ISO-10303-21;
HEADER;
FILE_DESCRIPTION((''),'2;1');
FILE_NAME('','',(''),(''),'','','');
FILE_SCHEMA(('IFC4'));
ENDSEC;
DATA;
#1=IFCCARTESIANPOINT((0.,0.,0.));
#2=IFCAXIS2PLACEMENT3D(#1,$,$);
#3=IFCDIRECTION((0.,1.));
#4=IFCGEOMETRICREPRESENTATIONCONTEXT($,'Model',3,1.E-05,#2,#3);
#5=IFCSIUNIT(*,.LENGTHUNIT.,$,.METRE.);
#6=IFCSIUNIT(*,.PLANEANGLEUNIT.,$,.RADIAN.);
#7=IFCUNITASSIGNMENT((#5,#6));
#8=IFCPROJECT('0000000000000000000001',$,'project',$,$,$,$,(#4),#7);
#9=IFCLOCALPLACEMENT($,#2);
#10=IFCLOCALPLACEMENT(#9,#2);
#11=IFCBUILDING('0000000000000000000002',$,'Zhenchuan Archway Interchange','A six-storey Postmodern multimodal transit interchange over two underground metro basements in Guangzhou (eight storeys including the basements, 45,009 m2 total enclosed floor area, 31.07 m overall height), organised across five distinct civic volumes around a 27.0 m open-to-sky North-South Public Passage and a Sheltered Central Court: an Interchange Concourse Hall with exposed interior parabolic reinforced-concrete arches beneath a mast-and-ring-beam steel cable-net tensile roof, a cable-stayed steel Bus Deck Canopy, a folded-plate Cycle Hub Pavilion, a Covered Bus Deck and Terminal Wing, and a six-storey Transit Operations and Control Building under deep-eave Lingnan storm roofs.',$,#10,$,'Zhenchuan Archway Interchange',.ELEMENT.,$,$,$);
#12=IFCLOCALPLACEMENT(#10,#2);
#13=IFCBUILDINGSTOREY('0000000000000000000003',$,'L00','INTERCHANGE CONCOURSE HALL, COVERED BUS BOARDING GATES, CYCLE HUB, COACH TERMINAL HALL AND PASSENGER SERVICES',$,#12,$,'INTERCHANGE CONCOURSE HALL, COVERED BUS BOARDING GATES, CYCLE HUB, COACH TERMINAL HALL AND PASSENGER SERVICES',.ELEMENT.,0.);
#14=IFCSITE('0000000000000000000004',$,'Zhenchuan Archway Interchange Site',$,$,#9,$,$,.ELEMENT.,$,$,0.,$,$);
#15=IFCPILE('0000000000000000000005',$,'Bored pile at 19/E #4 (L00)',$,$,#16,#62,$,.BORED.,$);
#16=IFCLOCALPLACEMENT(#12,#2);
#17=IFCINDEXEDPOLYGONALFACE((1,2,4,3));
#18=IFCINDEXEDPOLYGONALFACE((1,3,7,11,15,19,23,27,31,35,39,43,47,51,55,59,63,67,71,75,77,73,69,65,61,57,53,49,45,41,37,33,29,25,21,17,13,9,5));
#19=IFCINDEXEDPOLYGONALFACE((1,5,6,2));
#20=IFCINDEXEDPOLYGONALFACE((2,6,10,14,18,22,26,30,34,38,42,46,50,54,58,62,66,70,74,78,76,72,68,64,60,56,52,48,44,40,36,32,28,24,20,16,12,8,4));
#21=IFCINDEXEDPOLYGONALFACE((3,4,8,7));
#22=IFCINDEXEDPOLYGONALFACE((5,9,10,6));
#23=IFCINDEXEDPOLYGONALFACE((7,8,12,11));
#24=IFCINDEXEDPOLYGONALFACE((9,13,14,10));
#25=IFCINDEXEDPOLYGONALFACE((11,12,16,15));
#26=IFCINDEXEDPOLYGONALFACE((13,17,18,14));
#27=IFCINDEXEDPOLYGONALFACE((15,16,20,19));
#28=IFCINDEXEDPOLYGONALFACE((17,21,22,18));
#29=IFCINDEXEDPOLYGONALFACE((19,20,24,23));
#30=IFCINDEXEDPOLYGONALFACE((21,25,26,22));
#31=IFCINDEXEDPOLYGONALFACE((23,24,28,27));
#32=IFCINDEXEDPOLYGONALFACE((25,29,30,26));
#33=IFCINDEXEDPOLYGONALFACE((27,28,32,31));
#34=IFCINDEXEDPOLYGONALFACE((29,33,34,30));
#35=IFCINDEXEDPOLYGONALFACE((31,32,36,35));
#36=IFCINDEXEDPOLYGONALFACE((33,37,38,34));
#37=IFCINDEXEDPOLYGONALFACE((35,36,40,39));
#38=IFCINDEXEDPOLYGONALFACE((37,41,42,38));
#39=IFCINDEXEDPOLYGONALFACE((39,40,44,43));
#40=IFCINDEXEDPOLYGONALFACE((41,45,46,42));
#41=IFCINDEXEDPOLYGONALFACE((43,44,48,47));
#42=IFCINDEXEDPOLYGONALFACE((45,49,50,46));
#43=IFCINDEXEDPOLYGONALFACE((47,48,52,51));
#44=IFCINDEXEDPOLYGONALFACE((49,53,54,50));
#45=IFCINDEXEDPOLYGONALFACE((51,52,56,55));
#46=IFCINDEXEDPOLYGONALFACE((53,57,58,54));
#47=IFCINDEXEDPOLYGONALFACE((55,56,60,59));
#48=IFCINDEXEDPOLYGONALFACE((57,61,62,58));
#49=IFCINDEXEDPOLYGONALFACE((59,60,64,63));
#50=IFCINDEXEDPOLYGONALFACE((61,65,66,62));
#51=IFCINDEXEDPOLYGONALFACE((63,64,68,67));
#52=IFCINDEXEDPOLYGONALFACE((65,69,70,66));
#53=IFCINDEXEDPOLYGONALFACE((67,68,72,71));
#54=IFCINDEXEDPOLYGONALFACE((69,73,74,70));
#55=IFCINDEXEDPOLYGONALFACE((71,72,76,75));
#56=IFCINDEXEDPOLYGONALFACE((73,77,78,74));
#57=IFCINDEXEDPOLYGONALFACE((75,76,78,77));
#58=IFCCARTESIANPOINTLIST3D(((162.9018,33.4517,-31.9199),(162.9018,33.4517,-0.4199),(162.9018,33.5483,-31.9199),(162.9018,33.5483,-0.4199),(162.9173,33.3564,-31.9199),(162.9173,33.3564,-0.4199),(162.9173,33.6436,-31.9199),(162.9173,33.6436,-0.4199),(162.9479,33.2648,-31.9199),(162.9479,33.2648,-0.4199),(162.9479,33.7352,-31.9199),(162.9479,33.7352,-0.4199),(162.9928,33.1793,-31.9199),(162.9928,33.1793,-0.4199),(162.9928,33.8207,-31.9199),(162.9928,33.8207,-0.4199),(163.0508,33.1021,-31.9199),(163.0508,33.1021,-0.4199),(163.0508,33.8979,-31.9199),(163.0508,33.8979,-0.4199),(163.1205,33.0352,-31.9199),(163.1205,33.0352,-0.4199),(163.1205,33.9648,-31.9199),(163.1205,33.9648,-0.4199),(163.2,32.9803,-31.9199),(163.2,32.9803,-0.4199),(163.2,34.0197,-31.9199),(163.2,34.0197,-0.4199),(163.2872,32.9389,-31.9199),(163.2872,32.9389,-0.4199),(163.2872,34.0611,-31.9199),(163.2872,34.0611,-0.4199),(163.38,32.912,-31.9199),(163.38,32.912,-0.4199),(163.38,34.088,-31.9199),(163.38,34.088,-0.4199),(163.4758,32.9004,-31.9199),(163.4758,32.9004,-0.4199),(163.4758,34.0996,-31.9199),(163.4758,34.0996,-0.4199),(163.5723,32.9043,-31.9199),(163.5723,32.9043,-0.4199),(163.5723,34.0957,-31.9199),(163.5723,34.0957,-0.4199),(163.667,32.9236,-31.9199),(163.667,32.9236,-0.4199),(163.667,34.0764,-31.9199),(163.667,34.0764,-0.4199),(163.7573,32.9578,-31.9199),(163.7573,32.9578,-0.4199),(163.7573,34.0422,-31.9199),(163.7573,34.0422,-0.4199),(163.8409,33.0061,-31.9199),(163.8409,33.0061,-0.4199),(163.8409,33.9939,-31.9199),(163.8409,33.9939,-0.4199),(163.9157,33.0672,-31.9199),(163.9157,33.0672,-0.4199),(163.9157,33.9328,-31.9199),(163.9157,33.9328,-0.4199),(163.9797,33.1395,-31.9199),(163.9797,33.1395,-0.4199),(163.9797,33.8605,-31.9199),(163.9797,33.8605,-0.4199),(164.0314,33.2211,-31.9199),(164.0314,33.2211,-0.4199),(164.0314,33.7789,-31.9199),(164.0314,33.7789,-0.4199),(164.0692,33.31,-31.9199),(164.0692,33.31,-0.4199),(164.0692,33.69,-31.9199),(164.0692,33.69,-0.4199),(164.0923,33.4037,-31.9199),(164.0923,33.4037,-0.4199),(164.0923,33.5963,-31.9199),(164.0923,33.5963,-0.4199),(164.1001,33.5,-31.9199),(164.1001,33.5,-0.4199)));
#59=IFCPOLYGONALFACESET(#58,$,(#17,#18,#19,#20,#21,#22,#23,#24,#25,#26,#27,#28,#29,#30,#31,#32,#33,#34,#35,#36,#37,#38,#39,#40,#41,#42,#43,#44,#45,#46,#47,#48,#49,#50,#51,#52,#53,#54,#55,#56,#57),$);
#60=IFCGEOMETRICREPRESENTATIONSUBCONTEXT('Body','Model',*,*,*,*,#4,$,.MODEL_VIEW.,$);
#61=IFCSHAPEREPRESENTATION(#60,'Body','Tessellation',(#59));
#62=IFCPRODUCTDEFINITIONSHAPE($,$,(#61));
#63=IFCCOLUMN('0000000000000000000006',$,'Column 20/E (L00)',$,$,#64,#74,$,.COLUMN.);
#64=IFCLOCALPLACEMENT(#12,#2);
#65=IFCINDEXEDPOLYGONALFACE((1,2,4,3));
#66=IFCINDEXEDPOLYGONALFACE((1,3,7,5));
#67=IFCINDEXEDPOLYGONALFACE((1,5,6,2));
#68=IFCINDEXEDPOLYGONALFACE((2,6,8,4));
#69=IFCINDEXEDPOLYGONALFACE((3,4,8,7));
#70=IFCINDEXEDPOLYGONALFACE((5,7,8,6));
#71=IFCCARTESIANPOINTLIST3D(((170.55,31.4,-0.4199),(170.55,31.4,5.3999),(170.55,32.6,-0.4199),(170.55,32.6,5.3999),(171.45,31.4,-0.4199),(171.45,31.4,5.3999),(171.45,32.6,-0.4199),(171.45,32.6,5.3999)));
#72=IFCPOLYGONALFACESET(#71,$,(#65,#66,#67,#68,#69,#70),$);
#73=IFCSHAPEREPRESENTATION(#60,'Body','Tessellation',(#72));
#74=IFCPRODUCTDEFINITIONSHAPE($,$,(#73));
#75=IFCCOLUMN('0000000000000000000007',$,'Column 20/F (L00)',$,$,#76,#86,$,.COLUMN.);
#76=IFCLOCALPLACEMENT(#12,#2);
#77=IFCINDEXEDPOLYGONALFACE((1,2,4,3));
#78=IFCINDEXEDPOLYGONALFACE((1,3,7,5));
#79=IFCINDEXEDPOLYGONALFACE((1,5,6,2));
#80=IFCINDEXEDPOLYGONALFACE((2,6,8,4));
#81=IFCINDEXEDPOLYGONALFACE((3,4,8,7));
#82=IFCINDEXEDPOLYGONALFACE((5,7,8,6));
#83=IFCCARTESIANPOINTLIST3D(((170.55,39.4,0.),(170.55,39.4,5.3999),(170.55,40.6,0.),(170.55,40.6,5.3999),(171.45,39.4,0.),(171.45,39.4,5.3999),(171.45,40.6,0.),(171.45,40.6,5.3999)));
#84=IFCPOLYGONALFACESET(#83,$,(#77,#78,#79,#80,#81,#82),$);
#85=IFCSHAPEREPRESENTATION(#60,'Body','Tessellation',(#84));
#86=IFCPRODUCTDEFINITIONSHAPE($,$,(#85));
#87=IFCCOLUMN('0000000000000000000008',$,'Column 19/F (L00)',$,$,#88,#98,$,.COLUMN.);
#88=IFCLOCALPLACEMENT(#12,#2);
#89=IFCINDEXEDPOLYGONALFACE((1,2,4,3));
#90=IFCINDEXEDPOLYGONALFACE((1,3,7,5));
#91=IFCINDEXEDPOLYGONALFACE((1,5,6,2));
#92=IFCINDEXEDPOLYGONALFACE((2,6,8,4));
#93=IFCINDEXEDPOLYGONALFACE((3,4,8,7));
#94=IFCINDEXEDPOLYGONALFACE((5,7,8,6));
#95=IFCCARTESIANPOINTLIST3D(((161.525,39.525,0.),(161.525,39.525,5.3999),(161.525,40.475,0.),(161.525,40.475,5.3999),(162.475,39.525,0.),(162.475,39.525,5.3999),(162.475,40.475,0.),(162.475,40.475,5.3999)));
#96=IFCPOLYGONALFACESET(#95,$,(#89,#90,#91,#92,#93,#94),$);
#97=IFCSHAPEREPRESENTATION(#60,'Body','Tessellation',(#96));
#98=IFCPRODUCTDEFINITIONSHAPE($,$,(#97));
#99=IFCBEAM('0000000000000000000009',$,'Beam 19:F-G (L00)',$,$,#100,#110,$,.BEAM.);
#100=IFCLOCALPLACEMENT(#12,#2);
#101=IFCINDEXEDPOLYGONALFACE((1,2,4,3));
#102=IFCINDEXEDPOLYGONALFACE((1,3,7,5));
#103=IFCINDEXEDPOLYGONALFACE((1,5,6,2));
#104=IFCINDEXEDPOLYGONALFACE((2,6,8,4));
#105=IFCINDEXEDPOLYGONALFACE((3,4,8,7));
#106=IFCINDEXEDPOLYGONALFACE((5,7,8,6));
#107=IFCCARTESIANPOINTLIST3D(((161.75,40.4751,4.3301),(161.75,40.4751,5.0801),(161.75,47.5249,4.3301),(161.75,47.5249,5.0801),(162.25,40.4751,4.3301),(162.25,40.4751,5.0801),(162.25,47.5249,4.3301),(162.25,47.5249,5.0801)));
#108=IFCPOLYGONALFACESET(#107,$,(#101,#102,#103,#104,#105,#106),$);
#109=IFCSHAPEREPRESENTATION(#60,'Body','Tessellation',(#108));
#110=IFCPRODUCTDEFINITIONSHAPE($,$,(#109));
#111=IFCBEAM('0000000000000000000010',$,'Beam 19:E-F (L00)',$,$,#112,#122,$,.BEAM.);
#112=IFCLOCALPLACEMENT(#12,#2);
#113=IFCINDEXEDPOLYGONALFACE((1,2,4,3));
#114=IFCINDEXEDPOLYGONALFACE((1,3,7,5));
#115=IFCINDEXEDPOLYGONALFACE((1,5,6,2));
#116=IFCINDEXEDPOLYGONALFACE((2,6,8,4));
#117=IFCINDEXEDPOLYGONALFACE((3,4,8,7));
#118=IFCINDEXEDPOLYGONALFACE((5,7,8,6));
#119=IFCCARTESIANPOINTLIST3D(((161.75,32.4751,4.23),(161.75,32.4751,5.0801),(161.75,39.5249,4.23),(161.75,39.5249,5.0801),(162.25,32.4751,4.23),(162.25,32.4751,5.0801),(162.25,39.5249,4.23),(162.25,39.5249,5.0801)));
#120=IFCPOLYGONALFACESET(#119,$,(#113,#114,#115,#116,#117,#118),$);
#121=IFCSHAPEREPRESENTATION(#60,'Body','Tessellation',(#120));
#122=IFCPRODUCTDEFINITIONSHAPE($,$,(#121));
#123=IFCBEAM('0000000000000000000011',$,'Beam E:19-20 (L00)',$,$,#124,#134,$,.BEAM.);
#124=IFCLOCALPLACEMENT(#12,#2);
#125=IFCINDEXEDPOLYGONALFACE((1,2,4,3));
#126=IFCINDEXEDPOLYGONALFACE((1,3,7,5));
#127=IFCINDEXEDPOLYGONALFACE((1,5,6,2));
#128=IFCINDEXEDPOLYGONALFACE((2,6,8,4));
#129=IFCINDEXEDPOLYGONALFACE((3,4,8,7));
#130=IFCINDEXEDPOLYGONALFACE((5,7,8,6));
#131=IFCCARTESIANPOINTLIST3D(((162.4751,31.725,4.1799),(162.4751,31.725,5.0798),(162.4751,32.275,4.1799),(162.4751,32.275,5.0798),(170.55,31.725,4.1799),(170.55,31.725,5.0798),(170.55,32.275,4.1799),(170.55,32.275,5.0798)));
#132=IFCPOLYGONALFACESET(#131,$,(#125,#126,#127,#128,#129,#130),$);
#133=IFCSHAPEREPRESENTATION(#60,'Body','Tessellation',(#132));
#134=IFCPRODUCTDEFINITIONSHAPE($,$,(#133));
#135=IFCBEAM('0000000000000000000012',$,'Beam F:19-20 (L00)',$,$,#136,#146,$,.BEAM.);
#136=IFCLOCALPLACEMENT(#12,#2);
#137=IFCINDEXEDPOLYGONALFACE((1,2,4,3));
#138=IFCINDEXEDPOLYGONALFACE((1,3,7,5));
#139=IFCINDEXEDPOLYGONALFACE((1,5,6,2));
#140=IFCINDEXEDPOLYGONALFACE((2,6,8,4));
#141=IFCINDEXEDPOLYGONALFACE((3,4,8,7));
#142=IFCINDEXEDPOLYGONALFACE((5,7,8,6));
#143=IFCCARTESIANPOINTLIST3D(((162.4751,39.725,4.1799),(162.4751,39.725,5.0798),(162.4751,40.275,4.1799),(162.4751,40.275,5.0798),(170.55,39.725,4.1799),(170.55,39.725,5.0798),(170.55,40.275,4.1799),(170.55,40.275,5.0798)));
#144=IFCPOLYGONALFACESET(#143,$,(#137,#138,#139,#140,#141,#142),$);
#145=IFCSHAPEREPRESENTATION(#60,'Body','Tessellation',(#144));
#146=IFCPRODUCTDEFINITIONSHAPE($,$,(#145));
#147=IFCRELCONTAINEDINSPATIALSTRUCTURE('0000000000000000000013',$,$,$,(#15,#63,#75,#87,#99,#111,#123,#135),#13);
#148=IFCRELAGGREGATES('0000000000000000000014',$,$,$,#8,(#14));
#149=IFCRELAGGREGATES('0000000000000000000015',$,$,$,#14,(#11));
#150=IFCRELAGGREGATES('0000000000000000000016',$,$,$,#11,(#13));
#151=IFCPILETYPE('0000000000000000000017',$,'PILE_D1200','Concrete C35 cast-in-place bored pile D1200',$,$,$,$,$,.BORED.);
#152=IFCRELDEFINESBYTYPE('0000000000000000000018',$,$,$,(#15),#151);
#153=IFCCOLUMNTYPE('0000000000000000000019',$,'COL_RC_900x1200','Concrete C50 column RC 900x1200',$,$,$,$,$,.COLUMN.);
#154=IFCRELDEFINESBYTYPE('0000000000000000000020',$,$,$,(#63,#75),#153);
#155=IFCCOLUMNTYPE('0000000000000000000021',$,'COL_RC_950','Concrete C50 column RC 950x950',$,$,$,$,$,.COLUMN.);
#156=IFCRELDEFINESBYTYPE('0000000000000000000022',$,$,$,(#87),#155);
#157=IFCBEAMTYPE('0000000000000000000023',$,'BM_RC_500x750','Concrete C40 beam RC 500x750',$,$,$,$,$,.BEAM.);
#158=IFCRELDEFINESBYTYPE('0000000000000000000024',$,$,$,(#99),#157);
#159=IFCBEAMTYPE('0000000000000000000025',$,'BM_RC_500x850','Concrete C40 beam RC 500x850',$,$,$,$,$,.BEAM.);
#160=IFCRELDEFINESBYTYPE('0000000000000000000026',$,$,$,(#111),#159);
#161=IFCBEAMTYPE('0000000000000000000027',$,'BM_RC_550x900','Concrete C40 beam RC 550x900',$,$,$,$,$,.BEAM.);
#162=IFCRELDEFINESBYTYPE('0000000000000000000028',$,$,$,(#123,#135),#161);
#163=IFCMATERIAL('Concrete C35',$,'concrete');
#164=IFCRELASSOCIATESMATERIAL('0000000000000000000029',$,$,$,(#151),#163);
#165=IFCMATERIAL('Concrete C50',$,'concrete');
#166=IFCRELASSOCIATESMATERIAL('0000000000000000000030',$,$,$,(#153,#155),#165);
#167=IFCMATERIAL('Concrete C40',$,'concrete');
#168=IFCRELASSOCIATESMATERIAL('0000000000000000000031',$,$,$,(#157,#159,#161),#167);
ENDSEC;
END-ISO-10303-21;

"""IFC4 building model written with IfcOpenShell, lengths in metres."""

from ifc_helpers import new_model, si_unit, direction, frame, origin, origin_2d, place, context, subcontext, project, spatial, rectangle, circle, extrude, material, material_profile, profile_set, type_object, element, save


model = new_model("IFC4")

# Units and contexts
model_context = context("Model", 3, precision=1e-05, world=origin(), true_north=direction((0.0, 1.0)))
body_context = subcontext(model_context, "Body", "Model", "MODEL_VIEW")
ifc_project = project(units=[si_unit("LENGTHUNIT", "METRE"), si_unit("PLANEANGLEUNIT", "RADIAN")], contexts=[model_context])

# Site, building, storey
site_placement = place(None, origin())
site = spatial("IfcSite", under=ifc_project, at=site_placement, Name="Zhenchuan Archway Interchange Site", CompositionType="ELEMENT", RefElevation=0.0)
building_placement = place(site_placement, origin())
building = spatial("IfcBuilding", under=site, at=building_placement, Name="Zhenchuan Archway Interchange", Description="A six-storey Postmodern multimodal transit interchange over two underground metro basements in Guangzhou (eight storeys including the basements, 45,009 m2 total enclosed floor area, 31.07 m overall height), organised across five distinct civic volumes around a 27.0 m open-to-sky North-South Public Passage and a Sheltered Central Court: an Interchange Concourse Hall with exposed interior parabolic reinforced-concrete arches beneath a mast-and-ring-beam steel cable-net tensile roof, a cable-stayed steel Bus Deck Canopy, a folded-plate Cycle Hub Pavilion, a Covered Bus Deck and Terminal Wing, and a six-storey Transit Operations and Control Building under deep-eave Lingnan storm roofs.", LongName="Zhenchuan Archway Interchange", CompositionType="ELEMENT")
storey_placement = place(building_placement, origin())
storey = spatial("IfcBuildingStorey", under=building, at=storey_placement, Name="L00", Description="INTERCHANGE CONCOURSE HALL, COVERED BUS BOARDING GATES, CYCLE HUB, COACH TERMINAL HALL AND PASSENGER SERVICES", LongName="INTERCHANGE CONCOURSE HALL, COVERED BUS BOARDING GATES, CYCLE HUB, COACH TERMINAL HALL AND PASSENGER SERVICES", CompositionType="ELEMENT", Elevation=0.0)

# Shared definitions
ifc_material_1 = material(Name="Concrete C40", Category="concrete")

# Pile
ifc_material_2 = material(Name="Concrete C35", Category="concrete")
ifc_material_profile_1 = material_profile(ifc_material_2, circle(Radius=0.6001, at=origin_2d()), Name="BORED PILE 1200")
ifc_profile_set_1 = profile_set([ifc_material_profile_1], Name="Concrete C35")
pile_type_1 = type_object("IfcPileType", Name="PILE_D1200", Description="Concrete C35 cast-in-place bored pile D1200", PredefinedType="BORED", material=ifc_profile_set_1)
for number, where, z_axis, x_axis, name in (
    (1, (163.5, 33.5, -0.4199), (0.0, 0.0, -1.0), (1.0, 0.0, 0.0), "Bored pile at 19/E #4 (L00)"),
):
    element("IfcPile", number, at=place(storey_placement, frame(where, z_axis=z_axis, x_axis=x_axis)), inside=storey, type_object=pile_type_1, Name=name, PredefinedType="BORED", context=body_context, shape_type="SweptSolid", body=[
        extrude(circle(Radius=0.6001, at=origin_2d()), origin(), (0.0, 0.0, 1.0), 31.5),
    ])

# Columns
ifc_material_3 = material(Name="Concrete C50", Category="concrete")
ifc_material_profile_2 = material_profile(ifc_material_3, rectangle(XDim=0.8999, YDim=1.2, at=origin_2d()), Name="RC 900x1200")
ifc_profile_set_2 = profile_set([ifc_material_profile_2], Name="Concrete C50")
column_type_1 = type_object("IfcColumnType", Name="COL_RC_900x1200", Description="Concrete C50 column RC 900x1200", PredefinedType="COLUMN", material=ifc_profile_set_2)
column_1_placement = place(storey_placement, frame((171.0, 32.0, -0.4199), z_axis=(0.0, 0.0, 1.0), x_axis=(1.0, 0.0, 0.0)))
element("IfcColumn", 2, at=column_1_placement, inside=storey, type_object=column_type_1, Name="Column 20/E (L00)", PredefinedType="COLUMN", context=body_context, shape_type="SweptSolid", body=[
    extrude(rectangle(XDim=0.8999, YDim=1.2, at=origin_2d()), origin(), (0.0, 0.0, 1.0), 5.8198),
])
column_2_placement = place(storey_placement, frame((171.0, 40.0, 0.0), z_axis=(0.0, 0.0, 1.0), x_axis=(1.0, 0.0, 0.0)))
element("IfcColumn", 3, at=column_2_placement, inside=storey, type_object=column_type_1, Name="Column 20/F (L00)", PredefinedType="COLUMN", context=body_context, shape_type="SweptSolid", body=[
    extrude(rectangle(XDim=0.8999, YDim=1.2, at=origin_2d()), origin(), (0.0, 0.0, 1.0), 5.3999),
])
ifc_material_profile_3 = material_profile(ifc_material_3, rectangle(XDim=0.95, YDim=0.95, at=origin_2d()), Name="RC 950x950")
ifc_profile_set_3 = profile_set([ifc_material_profile_3], Name="Concrete C50")
column_type_2 = type_object("IfcColumnType", Name="COL_RC_950", Description="Concrete C50 column RC 950x950", PredefinedType="COLUMN", material=ifc_profile_set_3)
column_3_placement = place(storey_placement, frame((162.0, 40.0, 0.0), z_axis=(0.0, 0.0, 1.0), x_axis=(1.0, 0.0, 0.0)))
element("IfcColumn", 4, at=column_3_placement, inside=storey, type_object=column_type_2, Name="Column 19/F (L00)", PredefinedType="COLUMN", context=body_context, shape_type="SweptSolid", body=[
    extrude(rectangle(XDim=0.95, YDim=0.95, at=origin_2d()), origin(), (0.0, 0.0, 1.0), 5.3999),
])

# Beams
ifc_material_profile_4 = material_profile(ifc_material_1, rectangle(XDim=0.5, YDim=0.75, at=origin_2d()), Name="RC 500x750")
ifc_profile_set_4 = profile_set([ifc_material_profile_4], Name="Concrete C40")
beam_type_1 = type_object("IfcBeamType", Name="BM_RC_500x750", Description="Concrete C40 beam RC 500x750", PredefinedType="BEAM", material=ifc_profile_set_4)
beam_1_placement = place(storey_placement, frame((162.0, 40.4751, 4.7051), z_axis=(0.0, 1.0, 0.0), x_axis=(-1.0, 0.0, 0.0)))
element("IfcBeam", 5, at=beam_1_placement, inside=storey, type_object=beam_type_1, Name="Beam 19:F-G (L00)", PredefinedType="BEAM", context=body_context, shape_type="SweptSolid", body=[
    extrude(rectangle(XDim=0.5, YDim=0.75, at=origin_2d()), origin(), (0.0, 0.0, 1.0), 7.0498),
])
ifc_material_profile_5 = material_profile(ifc_material_1, rectangle(XDim=0.5, YDim=0.8501, at=origin_2d()), Name="RC 500x850")
ifc_profile_set_5 = profile_set([ifc_material_profile_5], Name="Concrete C40")
beam_type_2 = type_object("IfcBeamType", Name="BM_RC_500x850", Description="Concrete C40 beam RC 500x850", PredefinedType="BEAM", material=ifc_profile_set_5)
beam_2_placement = place(storey_placement, frame((162.0, 32.4751, 4.655), z_axis=(0.0, 1.0, 0.0), x_axis=(-1.0, 0.0, 0.0)))
element("IfcBeam", 6, at=beam_2_placement, inside=storey, type_object=beam_type_2, Name="Beam 19:E-F (L00)", PredefinedType="BEAM", context=body_context, shape_type="SweptSolid", body=[
    extrude(rectangle(XDim=0.5, YDim=0.8501, at=origin_2d()), origin(), (0.0, 0.0, 1.0), 7.0498),
])
ifc_material_profile_6 = material_profile(ifc_material_1, rectangle(XDim=0.55, YDim=0.8999, at=origin_2d()), Name="RC 550x900")
ifc_profile_set_6 = profile_set([ifc_material_profile_6], Name="Concrete C40")
beam_type_3 = type_object("IfcBeamType", Name="BM_RC_550x900", Description="Concrete C40 beam RC 550x900", PredefinedType="BEAM", material=ifc_profile_set_6)
for number, where, z_axis, x_axis, name in (
    (7, (162.4751, 32.0, 4.6299), (1.0, 0.0, 0.0), (0.0, 1.0, 0.0), "Beam E:19-20 (L00)"),
    (8, (162.4751, 40.0, 4.6299), (1.0, 0.0, 0.0), (0.0, 1.0, 0.0), "Beam F:19-20 (L00)"),
):
    element("IfcBeam", number, at=place(storey_placement, frame(where, z_axis=z_axis, x_axis=x_axis)), inside=storey, type_object=beam_type_3, Name=name, PredefinedType="BEAM", context=body_context, shape_type="SweptSolid", body=[
        extrude(rectangle(XDim=0.55, YDim=0.8999, at=origin_2d()), origin(), (0.0, 0.0, 1.0), 8.075),
    ])

save(model, "model.ifc")
